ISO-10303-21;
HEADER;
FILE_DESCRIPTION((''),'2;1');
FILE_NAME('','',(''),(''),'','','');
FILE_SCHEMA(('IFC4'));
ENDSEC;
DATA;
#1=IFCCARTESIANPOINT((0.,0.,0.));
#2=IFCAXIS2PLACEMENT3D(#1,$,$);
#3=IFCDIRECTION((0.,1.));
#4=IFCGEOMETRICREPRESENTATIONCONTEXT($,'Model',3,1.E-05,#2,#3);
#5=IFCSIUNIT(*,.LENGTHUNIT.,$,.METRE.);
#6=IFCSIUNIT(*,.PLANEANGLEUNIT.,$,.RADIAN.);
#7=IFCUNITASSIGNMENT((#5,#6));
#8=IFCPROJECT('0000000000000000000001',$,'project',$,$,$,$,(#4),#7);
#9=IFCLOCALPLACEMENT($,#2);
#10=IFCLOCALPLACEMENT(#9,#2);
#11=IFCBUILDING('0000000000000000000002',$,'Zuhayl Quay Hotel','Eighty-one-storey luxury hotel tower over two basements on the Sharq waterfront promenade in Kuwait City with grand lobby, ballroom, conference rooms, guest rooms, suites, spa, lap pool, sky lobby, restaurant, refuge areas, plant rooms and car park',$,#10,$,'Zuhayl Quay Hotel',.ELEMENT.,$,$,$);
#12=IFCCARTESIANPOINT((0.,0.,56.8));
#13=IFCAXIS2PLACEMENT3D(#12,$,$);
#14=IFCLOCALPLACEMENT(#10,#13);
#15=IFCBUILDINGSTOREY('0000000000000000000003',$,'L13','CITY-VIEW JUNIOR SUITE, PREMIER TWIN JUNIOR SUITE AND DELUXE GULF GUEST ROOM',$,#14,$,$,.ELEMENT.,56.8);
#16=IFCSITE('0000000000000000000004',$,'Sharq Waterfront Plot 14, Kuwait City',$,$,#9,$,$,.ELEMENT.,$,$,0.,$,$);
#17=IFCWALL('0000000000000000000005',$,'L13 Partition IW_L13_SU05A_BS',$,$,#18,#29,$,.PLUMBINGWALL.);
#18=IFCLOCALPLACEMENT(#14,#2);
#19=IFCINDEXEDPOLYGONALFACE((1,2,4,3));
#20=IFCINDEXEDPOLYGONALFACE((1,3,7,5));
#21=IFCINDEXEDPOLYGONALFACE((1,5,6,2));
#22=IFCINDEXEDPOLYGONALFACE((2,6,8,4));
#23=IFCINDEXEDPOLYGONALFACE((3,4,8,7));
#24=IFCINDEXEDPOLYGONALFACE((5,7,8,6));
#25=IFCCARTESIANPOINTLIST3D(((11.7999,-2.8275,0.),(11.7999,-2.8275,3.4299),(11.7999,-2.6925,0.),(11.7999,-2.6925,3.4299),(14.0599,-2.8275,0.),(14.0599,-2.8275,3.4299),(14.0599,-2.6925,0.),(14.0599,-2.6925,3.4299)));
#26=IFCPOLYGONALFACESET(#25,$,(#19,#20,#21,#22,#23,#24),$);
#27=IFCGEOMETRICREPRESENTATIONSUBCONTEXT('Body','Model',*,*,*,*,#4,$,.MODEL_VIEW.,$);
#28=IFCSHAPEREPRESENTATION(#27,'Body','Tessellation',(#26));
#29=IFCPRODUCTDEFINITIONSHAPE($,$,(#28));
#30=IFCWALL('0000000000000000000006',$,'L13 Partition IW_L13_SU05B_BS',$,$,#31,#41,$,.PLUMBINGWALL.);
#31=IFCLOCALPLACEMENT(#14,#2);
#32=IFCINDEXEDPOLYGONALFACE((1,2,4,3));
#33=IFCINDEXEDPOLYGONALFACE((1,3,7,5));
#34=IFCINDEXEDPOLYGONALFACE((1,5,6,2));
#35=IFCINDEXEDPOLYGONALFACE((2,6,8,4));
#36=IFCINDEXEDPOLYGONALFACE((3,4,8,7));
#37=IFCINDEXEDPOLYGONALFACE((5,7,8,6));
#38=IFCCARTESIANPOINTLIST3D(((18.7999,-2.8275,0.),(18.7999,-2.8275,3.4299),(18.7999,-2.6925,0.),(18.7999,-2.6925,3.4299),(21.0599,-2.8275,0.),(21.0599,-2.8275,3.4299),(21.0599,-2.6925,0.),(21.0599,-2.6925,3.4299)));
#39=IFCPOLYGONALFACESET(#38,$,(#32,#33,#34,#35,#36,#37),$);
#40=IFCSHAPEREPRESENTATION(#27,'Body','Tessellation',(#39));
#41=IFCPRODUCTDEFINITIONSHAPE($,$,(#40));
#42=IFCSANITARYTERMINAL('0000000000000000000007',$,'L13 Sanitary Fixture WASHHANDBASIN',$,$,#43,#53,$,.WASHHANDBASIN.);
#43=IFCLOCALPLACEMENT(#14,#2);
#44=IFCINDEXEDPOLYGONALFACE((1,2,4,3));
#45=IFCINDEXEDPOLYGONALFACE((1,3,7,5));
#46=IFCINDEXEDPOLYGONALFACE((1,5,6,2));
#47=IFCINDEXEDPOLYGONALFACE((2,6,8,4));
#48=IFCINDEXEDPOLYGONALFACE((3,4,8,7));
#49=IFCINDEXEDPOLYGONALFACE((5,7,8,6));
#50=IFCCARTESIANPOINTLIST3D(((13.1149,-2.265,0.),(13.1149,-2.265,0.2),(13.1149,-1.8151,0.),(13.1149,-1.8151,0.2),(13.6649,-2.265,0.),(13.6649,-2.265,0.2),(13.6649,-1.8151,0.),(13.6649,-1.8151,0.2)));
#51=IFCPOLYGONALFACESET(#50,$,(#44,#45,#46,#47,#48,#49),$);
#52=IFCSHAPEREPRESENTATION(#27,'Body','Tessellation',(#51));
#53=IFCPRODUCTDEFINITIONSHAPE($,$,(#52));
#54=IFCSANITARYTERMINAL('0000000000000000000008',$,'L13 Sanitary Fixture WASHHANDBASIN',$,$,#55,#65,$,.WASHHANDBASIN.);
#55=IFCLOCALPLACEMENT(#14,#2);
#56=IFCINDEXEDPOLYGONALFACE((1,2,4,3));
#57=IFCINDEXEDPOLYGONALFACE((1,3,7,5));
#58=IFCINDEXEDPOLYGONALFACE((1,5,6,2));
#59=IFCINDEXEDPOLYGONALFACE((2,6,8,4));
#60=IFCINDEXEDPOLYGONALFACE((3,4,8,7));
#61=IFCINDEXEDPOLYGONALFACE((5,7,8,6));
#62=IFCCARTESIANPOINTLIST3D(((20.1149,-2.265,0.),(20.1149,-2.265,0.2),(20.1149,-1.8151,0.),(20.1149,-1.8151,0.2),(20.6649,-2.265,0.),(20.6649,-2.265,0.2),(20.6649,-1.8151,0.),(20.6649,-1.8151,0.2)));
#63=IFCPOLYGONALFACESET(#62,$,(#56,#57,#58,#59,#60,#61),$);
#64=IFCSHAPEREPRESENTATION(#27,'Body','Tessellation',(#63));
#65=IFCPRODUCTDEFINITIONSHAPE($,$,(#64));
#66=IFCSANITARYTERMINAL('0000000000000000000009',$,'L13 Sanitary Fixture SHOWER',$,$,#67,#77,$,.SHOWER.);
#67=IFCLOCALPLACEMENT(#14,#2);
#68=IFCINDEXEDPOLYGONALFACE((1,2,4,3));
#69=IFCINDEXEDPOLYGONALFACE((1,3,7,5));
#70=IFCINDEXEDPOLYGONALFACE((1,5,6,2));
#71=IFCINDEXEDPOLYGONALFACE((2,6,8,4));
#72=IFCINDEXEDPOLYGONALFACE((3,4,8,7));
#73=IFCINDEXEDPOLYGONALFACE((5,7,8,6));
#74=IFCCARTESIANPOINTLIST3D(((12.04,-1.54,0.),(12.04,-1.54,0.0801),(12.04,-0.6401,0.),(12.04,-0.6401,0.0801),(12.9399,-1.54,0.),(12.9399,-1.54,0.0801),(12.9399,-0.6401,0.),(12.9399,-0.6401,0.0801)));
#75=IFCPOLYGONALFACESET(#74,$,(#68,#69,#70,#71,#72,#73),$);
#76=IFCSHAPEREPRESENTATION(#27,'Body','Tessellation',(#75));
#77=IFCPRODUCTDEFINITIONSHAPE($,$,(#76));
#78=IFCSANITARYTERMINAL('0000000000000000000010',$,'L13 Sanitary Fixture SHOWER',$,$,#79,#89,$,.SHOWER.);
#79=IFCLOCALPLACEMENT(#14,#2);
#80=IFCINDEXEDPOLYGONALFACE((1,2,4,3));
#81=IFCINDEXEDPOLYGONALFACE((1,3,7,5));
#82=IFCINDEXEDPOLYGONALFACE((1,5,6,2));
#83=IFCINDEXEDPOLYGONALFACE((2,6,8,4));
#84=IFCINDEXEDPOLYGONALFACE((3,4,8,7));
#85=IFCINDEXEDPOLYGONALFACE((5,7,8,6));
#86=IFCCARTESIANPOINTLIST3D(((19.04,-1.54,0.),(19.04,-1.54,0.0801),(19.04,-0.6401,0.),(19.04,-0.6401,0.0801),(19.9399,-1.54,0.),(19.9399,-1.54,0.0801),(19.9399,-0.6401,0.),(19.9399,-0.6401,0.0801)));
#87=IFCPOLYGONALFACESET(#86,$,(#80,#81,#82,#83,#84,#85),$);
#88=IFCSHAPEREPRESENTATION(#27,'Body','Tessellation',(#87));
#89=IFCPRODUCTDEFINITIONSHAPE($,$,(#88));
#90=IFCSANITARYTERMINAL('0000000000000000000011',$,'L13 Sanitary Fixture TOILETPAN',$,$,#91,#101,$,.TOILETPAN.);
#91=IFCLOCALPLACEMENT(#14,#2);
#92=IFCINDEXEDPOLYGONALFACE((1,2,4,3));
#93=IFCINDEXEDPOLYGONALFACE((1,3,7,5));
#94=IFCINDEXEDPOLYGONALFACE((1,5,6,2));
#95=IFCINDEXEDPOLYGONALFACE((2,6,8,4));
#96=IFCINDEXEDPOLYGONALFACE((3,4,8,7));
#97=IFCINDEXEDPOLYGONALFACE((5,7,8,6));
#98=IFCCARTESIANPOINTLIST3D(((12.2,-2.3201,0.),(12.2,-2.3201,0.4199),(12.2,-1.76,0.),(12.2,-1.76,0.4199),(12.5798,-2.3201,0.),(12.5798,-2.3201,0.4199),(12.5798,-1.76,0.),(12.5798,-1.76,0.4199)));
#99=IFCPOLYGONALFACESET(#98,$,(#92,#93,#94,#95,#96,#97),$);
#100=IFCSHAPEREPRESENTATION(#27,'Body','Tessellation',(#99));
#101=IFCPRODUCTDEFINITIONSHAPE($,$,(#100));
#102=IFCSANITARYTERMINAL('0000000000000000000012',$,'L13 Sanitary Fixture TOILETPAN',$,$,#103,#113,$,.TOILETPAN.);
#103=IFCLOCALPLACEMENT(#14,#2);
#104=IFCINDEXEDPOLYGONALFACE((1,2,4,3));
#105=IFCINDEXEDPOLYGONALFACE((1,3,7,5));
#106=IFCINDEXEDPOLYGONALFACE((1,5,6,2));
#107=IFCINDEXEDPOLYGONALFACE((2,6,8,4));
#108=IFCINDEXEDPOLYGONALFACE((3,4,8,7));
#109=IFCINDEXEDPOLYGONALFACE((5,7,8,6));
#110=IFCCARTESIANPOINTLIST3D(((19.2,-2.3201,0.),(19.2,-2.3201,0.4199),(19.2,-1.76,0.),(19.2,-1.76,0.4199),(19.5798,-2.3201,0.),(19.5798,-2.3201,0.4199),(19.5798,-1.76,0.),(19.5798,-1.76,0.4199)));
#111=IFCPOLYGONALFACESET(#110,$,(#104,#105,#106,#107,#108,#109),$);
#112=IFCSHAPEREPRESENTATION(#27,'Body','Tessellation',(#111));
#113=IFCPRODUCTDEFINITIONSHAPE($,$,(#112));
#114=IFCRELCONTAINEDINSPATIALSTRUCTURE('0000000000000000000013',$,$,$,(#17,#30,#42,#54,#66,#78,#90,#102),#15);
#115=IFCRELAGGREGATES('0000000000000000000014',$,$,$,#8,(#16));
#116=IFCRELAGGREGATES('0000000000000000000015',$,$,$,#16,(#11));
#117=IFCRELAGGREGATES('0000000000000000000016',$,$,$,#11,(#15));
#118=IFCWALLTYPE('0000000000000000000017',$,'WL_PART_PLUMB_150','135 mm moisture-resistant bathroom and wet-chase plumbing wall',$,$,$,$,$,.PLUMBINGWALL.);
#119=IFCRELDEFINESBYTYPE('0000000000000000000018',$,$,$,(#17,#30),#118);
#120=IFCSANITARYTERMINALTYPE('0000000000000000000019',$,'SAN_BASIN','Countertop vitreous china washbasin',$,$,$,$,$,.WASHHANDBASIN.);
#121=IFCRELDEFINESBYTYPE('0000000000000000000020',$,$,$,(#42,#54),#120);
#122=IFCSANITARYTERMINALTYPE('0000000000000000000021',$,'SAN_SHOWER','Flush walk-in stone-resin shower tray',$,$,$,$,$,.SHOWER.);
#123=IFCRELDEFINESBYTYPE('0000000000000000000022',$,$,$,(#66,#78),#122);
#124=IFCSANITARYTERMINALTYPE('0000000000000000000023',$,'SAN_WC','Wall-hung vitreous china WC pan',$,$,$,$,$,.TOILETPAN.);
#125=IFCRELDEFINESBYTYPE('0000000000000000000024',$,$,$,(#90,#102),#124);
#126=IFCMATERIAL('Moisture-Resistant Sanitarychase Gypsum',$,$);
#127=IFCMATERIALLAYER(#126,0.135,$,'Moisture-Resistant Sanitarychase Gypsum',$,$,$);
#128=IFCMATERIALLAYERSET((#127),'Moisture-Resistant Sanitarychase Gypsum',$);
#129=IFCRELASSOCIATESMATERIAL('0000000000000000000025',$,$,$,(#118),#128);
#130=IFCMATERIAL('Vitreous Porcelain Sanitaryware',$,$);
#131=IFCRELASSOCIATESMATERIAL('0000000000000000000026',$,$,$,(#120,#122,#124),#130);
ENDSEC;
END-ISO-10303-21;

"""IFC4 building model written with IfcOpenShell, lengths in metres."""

from ifc_helpers import new_model, si_unit, direction, frame, frame_2d, origin, origin_2d, place, context, subcontext, project, spatial, rectangle, extrude, material, layer, layer_set, type_object, element, save


model = new_model("IFC4")

# Units and contexts
model_context = context("Model", 3, precision=1e-05, world=origin(), true_north=direction((0.0, 1.0)))
body_context = subcontext(model_context, "Body", "Model", "MODEL_VIEW")
ifc_project = project(units=[si_unit("LENGTHUNIT", "METRE"), si_unit("PLANEANGLEUNIT", "RADIAN")], contexts=[model_context])

# Site, building, storey
site_placement = place(None, origin())
site = spatial("IfcSite", under=ifc_project, at=site_placement, Name="Sharq Waterfront Plot 14, Kuwait City", CompositionType="ELEMENT", RefElevation=0.0)
building_placement = place(site_placement, origin())
building = spatial("IfcBuilding", under=site, at=building_placement, Name="Zuhayl Quay Hotel", Description="Eighty-one-storey luxury hotel tower over two basements on the Sharq waterfront promenade in Kuwait City with grand lobby, ballroom, conference rooms, guest rooms, suites, spa, lap pool, sky lobby, restaurant, refuge areas, plant rooms and car park", LongName="Zuhayl Quay Hotel", CompositionType="ELEMENT")
storey_placement = place(building_placement, frame((0.0, 0.0, 56.8)))
storey = spatial("IfcBuildingStorey", under=building, at=storey_placement, Name="L13", Description="CITY-VIEW JUNIOR SUITE, PREMIER TWIN JUNIOR SUITE AND DELUXE GULF GUEST ROOM", CompositionType="ELEMENT", Elevation=56.8)

# Shared definitions
ifc_material_1 = material(Name="Moisture-Resistant Sanitarychase Gypsum")
ifc_layer_1 = layer(ifc_material_1, 0.135, Name="Moisture-Resistant Sanitarychase Gypsum")
ifc_layer_set_1 = layer_set([ifc_layer_1], Name="Moisture-Resistant Sanitarychase Gypsum")
wall_type_1 = type_object("IfcWallType", Name="WL_PART_PLUMB_150", Description="135 mm moisture-resistant bathroom and wet-chase plumbing wall", PredefinedType="PLUMBINGWALL", material=ifc_layer_set_1)

# Walls
for number, where, z_axis, x_axis, name in (
    (1, (11.8, -2.76, 0.0), (0.0, 0.0, 1.0), (1.0, 0.0, 0.0), "L13 Partition IW_L13_SU05A_BS"),
    (2, (18.8, -2.76, 0.0), (0.0, 0.0, 1.0), (1.0, 0.0, 0.0), "L13 Partition IW_L13_SU05B_BS"),
):
    element("IfcWall", number, at=place(storey_placement, frame(where, z_axis=z_axis, x_axis=x_axis)), inside=storey, type_object=wall_type_1, Name=name, PredefinedType="PLUMBINGWALL", context=body_context, shape_type="SweptSolid", body=[
        extrude(rectangle(XDim=2.26, YDim=0.135, at=frame_2d((1.1299, 0.0))), origin(), (0.0, 0.0, 1.0), 3.4299),
    ])

# Sanitary terminals
ifc_material_2 = material(Name="Vitreous Porcelain Sanitaryware")
sanitary_terminal_type_1 = type_object("IfcSanitaryTerminalType", Name="SAN_BASIN", Description="Countertop vitreous china washbasin", PredefinedType="WASHHANDBASIN", material=ifc_material_2)
for number, where, z_axis, x_axis, name in (
    (3, (13.3899, -2.04, 0.0), (0.0, 0.0, 1.0), (1.0, 0.0, 0.0), "L13 Sanitary Fixture WASHHANDBASIN"),
    (4, (20.3899, -2.04, 0.0), (0.0, 0.0, 1.0), (1.0, 0.0, 0.0), "L13 Sanitary Fixture WASHHANDBASIN"),
):
    element("IfcSanitaryTerminal", number, at=place(storey_placement, frame(where, z_axis=z_axis, x_axis=x_axis)), inside=storey, type_object=sanitary_terminal_type_1, Name=name, PredefinedType="WASHHANDBASIN", context=body_context, shape_type="SweptSolid", body=[
        extrude(rectangle(XDim=0.55, YDim=0.45, at=origin_2d()), origin(), (0.0, 0.0, 1.0), 0.2),
    ])
sanitary_terminal_type_2 = type_object("IfcSanitaryTerminalType", Name="SAN_SHOWER", Description="Flush walk-in stone-resin shower tray", PredefinedType="SHOWER", material=ifc_material_2)
for number, where, z_axis, x_axis, name in (
    (5, (12.49, -1.0901, 0.0), (0.0, 0.0, 1.0), (1.0, 0.0, 0.0), "L13 Sanitary Fixture SHOWER"),
    (6, (19.49, -1.0901, 0.0), (0.0, 0.0, 1.0), (1.0, 0.0, 0.0), "L13 Sanitary Fixture SHOWER"),
):
    element("IfcSanitaryTerminal", number, at=place(storey_placement, frame(where, z_axis=z_axis, x_axis=x_axis)), inside=storey, type_object=sanitary_terminal_type_2, Name=name, PredefinedType="SHOWER", context=body_context, shape_type="SweptSolid", body=[
        extrude(rectangle(XDim=0.8999, YDim=0.8999, at=origin_2d()), origin(), (0.0, 0.0, 1.0), 0.0801),
    ])
sanitary_terminal_type_3 = type_object("IfcSanitaryTerminalType", Name="SAN_WC", Description="Wall-hung vitreous china WC pan", PredefinedType="TOILETPAN", material=ifc_material_2)
for number, where, z_axis, x_axis, name in (
    (7, (12.3899, -2.04, 0.0), (0.0, 0.0, 1.0), (1.0, 0.0, 0.0), "L13 Sanitary Fixture TOILETPAN"),
    (8, (19.3899, -2.04, 0.0), (0.0, 0.0, 1.0), (1.0, 0.0, 0.0), "L13 Sanitary Fixture TOILETPAN"),
):
    element("IfcSanitaryTerminal", number, at=place(storey_placement, frame(where, z_axis=z_axis, x_axis=x_axis)), inside=storey, type_object=sanitary_terminal_type_3, Name=name, PredefinedType="TOILETPAN", context=body_context, shape_type="SweptSolid", body=[
        extrude(rectangle(XDim=0.3799, YDim=0.5601, at=origin_2d()), origin(), (0.0, 0.0, 1.0), 0.4199),
    ])

save(model, "model.ifc")
